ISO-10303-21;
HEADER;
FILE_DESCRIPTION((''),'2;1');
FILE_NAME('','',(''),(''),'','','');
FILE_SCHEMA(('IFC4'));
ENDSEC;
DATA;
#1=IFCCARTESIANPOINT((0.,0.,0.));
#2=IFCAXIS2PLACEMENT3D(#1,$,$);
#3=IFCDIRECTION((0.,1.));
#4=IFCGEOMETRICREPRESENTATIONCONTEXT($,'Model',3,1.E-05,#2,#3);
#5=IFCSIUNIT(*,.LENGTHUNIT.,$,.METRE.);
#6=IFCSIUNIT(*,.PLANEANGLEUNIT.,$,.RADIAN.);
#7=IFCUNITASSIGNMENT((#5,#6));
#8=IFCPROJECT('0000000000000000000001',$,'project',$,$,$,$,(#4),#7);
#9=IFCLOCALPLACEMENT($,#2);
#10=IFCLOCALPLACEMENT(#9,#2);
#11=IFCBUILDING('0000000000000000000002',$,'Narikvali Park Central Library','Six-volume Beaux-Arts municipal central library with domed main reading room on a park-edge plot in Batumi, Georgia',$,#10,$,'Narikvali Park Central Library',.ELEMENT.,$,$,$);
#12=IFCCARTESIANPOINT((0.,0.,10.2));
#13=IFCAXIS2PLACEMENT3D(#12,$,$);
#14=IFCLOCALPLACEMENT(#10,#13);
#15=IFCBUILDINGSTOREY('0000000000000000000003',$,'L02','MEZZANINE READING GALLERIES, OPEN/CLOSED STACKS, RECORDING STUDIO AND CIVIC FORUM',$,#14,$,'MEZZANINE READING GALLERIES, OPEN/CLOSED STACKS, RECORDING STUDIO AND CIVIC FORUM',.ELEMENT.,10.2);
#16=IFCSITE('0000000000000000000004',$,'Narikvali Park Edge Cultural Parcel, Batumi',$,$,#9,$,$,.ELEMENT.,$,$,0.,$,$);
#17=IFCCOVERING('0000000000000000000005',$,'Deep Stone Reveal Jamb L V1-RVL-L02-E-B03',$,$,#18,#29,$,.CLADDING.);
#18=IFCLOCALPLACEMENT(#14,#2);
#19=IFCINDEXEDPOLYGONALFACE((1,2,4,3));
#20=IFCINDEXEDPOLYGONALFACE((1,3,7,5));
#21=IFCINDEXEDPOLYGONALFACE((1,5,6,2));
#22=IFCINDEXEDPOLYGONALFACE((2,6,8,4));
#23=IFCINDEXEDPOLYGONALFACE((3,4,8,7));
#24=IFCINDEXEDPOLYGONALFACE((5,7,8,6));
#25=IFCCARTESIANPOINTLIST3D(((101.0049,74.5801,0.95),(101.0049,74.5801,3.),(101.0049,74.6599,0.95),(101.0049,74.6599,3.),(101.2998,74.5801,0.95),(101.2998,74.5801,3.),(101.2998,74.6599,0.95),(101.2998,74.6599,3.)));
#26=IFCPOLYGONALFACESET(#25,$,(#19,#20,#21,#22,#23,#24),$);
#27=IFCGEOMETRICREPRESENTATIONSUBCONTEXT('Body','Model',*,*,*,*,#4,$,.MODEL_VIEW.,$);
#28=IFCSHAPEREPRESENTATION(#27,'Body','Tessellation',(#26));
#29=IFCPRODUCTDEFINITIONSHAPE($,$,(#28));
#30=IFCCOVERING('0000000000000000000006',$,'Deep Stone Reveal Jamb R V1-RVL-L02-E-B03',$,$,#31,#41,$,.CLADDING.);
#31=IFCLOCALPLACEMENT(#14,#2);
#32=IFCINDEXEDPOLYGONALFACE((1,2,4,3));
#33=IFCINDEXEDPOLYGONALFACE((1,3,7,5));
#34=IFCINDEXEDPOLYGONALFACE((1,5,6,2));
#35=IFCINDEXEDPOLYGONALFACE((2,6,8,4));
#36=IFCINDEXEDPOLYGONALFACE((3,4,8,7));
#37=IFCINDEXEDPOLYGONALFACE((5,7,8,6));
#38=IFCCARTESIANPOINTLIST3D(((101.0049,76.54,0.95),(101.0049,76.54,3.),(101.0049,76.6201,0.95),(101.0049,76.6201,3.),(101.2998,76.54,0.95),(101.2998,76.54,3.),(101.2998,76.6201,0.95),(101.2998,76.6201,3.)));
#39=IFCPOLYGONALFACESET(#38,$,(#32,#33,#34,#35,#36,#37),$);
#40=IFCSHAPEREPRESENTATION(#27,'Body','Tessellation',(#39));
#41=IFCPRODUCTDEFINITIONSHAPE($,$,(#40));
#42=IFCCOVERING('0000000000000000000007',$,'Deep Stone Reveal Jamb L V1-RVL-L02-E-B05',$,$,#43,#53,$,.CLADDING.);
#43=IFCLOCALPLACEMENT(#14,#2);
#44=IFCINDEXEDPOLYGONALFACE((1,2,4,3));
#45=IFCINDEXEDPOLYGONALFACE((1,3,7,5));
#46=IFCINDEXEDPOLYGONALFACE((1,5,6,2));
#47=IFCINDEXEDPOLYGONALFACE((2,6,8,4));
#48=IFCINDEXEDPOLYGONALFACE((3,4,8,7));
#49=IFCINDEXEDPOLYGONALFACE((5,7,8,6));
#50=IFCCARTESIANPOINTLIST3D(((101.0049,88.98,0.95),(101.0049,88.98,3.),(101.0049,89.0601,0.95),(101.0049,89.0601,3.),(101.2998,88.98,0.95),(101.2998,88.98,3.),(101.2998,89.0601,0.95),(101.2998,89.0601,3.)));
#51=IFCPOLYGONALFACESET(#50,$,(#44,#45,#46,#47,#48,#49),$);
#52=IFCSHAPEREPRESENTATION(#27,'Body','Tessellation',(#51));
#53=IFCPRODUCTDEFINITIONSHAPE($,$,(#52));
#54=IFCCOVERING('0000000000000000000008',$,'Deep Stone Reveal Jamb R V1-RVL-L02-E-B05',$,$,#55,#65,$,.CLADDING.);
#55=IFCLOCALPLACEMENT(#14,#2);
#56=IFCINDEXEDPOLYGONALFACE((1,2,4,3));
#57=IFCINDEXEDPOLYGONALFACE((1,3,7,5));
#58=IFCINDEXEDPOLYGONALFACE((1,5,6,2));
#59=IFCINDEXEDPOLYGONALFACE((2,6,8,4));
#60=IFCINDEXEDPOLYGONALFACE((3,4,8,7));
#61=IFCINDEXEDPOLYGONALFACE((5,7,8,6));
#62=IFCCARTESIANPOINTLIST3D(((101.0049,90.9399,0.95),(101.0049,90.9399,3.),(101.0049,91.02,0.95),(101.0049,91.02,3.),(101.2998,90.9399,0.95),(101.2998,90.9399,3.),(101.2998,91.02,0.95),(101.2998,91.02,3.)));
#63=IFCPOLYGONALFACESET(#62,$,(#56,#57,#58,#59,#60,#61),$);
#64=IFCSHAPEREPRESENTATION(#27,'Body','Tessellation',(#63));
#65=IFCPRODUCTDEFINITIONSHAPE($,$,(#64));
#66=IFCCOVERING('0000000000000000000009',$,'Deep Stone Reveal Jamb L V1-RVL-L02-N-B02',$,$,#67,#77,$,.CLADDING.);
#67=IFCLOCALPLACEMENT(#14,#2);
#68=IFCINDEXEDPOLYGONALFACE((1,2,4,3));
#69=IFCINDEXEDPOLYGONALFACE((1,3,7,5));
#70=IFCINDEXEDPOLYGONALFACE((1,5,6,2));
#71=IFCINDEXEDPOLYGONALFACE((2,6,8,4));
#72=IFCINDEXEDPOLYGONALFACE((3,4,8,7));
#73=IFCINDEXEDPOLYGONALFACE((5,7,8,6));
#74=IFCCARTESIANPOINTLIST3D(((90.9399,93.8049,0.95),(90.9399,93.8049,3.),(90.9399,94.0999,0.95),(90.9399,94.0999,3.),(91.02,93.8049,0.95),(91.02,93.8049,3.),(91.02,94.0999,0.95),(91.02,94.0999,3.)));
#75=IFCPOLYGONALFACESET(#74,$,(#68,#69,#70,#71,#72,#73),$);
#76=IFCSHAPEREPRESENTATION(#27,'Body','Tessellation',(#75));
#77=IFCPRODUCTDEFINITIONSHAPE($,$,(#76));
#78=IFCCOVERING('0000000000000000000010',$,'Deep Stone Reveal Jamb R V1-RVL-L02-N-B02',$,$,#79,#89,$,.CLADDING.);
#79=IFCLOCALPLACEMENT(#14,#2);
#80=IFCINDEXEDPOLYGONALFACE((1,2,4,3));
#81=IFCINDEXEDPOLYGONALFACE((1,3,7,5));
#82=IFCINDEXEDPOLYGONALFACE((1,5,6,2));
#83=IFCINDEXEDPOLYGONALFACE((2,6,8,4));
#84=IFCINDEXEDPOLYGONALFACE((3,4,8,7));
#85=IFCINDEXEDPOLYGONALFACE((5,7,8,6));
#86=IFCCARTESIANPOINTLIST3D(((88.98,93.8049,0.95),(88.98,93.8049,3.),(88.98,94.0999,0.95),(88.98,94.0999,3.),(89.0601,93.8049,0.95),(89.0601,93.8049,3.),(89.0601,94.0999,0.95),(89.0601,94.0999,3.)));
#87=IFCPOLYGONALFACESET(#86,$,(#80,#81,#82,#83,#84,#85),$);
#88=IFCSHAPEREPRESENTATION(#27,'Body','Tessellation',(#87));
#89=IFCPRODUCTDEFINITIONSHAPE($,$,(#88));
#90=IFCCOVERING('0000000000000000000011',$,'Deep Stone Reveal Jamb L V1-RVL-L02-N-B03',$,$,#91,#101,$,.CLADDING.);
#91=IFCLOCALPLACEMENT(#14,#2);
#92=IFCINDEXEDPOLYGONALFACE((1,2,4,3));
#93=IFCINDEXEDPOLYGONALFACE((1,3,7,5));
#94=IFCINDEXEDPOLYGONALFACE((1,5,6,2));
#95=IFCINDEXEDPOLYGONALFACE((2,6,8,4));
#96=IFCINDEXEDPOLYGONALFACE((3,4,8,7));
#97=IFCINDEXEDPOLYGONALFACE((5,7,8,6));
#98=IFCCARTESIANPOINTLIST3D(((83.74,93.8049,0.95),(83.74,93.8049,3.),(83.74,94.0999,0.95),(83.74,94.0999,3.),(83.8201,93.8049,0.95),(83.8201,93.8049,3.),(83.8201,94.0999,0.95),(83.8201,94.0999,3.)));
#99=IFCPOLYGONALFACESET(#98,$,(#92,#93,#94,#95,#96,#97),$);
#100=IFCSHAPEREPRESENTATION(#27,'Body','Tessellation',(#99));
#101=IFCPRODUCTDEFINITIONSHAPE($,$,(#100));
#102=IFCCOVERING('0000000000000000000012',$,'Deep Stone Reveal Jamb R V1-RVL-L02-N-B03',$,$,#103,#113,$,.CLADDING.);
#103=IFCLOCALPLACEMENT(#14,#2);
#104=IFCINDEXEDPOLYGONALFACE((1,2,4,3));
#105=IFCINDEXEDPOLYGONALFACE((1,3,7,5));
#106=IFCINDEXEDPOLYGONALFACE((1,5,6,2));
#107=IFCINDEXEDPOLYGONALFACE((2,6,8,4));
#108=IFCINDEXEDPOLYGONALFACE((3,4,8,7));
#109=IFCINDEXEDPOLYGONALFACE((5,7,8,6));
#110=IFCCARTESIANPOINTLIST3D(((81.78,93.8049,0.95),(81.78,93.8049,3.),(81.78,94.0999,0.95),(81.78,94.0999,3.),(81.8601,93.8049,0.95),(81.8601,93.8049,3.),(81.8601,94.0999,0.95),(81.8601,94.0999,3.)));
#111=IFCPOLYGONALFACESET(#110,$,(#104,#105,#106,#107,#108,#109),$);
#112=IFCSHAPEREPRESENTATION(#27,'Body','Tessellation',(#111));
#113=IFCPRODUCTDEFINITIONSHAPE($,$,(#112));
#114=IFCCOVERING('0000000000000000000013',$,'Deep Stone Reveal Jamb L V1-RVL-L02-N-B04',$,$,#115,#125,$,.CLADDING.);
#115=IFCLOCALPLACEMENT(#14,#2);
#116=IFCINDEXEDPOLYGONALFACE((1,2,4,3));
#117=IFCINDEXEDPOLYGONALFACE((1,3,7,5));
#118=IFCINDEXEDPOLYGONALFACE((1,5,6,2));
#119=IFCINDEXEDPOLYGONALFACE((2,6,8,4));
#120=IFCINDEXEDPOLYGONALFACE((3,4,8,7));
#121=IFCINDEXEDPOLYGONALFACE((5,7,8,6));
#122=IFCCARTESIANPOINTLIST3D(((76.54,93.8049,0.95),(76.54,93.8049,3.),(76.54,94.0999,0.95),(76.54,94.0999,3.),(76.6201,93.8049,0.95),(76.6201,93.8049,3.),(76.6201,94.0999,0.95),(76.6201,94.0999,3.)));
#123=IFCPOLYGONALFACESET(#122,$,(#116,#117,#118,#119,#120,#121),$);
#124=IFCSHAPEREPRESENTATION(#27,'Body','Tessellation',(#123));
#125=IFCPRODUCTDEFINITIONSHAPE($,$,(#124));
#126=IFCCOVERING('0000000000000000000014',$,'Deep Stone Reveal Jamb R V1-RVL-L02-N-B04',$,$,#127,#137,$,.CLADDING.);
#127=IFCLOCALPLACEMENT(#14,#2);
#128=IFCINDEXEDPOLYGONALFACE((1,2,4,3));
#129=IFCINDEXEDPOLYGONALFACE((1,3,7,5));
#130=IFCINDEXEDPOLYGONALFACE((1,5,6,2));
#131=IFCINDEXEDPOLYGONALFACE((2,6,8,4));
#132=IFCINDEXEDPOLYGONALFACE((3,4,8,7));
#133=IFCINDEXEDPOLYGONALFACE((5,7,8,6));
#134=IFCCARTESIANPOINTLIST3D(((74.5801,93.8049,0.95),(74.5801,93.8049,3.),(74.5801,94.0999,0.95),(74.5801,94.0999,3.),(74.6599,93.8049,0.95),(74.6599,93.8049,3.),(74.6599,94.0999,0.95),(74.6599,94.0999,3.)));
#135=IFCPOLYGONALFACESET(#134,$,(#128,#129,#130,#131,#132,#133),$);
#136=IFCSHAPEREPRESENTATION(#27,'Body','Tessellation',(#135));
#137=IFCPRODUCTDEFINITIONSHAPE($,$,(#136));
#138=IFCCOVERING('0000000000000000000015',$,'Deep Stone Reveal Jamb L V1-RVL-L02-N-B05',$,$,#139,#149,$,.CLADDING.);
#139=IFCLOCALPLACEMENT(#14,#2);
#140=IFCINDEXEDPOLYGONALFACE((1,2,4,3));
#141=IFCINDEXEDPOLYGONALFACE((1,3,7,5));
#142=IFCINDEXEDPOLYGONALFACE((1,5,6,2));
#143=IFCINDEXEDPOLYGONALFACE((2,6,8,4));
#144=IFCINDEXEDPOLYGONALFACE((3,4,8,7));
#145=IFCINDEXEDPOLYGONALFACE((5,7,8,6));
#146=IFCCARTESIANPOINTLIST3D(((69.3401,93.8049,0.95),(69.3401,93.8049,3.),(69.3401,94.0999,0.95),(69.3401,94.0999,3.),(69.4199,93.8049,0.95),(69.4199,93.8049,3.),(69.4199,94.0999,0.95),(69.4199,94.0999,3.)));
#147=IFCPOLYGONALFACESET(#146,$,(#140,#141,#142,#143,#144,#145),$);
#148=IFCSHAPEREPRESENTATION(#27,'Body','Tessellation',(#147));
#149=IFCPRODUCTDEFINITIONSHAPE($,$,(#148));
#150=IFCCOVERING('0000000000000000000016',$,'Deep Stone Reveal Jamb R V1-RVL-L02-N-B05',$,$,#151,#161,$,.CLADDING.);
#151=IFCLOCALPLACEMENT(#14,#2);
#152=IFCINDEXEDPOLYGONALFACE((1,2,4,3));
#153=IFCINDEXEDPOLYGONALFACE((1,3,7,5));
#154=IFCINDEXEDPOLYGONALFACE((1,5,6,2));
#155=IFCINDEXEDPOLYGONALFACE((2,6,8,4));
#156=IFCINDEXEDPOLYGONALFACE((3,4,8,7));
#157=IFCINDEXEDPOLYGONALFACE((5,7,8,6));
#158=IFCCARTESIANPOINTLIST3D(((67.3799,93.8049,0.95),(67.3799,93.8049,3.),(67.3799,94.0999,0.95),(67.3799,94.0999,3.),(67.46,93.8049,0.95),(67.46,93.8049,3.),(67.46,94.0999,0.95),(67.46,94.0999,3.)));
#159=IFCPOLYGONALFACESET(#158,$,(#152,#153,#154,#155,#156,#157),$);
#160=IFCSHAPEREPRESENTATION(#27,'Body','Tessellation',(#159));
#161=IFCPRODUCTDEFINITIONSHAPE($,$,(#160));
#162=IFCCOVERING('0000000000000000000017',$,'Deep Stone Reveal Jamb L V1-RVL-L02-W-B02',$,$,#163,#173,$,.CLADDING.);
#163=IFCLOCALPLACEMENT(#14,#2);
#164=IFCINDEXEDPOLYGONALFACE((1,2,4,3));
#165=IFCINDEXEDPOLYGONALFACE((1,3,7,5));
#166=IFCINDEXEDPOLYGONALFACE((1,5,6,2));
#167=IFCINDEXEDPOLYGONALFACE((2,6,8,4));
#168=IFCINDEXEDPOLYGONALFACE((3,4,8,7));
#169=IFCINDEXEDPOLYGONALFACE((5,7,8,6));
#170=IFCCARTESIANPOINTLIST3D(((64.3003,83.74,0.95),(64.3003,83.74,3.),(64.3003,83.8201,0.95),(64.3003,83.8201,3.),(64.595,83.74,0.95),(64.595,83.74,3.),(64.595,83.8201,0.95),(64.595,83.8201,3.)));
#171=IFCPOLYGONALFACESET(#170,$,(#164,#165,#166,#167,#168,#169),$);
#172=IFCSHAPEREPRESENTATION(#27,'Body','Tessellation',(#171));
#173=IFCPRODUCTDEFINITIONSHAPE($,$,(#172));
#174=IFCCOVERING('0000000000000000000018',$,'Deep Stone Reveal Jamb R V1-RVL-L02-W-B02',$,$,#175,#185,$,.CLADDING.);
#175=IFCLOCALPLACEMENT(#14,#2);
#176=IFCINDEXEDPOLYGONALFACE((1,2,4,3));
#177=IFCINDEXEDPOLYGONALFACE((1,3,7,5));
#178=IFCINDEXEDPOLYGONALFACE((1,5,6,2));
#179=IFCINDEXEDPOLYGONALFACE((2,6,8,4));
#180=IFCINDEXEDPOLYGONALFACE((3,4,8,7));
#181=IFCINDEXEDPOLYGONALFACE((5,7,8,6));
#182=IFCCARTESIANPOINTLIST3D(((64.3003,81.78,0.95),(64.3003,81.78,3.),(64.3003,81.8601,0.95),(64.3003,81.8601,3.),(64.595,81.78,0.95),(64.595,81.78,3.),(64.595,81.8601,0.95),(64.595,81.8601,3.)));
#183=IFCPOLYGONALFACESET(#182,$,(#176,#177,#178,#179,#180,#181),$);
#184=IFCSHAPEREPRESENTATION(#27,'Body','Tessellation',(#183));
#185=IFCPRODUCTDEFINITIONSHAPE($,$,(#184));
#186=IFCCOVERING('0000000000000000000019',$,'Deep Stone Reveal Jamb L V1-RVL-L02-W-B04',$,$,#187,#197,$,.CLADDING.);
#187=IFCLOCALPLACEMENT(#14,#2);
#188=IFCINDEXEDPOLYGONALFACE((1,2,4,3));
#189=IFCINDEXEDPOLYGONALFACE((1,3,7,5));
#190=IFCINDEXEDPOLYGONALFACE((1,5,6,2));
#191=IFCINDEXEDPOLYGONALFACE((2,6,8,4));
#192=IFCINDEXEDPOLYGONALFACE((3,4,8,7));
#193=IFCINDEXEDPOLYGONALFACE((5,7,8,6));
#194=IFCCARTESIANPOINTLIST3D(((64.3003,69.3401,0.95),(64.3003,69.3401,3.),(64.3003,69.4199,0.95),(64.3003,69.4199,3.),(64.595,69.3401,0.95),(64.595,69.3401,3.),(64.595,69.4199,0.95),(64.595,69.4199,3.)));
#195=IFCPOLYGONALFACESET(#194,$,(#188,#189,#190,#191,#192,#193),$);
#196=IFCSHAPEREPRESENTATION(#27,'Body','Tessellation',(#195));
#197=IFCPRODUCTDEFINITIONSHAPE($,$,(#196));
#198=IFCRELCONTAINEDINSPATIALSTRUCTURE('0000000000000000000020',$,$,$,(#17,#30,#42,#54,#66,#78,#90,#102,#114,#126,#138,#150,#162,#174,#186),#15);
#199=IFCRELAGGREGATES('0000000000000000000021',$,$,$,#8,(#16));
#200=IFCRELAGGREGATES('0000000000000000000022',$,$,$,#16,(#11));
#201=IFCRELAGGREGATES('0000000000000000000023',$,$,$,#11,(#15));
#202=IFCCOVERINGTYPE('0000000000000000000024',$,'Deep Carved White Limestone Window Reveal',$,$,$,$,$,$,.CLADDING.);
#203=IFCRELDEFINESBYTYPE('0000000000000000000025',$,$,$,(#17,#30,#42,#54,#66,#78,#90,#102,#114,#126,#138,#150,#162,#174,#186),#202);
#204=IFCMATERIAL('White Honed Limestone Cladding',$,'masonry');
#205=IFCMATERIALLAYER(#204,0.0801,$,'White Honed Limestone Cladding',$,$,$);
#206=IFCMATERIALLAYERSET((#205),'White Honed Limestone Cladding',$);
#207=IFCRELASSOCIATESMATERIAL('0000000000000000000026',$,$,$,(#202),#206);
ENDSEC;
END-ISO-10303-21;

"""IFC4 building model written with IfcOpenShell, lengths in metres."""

from ifc_helpers import new_model, si_unit, direction, frame, origin, place, context, subcontext, project, spatial, polyline, outline, extrude, material, layer, layer_set, type_object, element, save


model = new_model("IFC4")

# Units and contexts
model_context = context("Model", 3, precision=1e-05, world=origin(), true_north=direction((0.0, 1.0)))
body_context = subcontext(model_context, "Body", "Model", "MODEL_VIEW")
ifc_project = project(units=[si_unit("LENGTHUNIT", "METRE"), si_unit("PLANEANGLEUNIT", "RADIAN")], contexts=[model_context])

# Site, building, storey
site_placement = place(None, origin())
site = spatial("IfcSite", under=ifc_project, at=site_placement, Name="Narikvali Park Edge Cultural Parcel, Batumi", CompositionType="ELEMENT", RefElevation=0.0)
building_placement = place(site_placement, origin())
building = spatial("IfcBuilding", under=site, at=building_placement, Name="Narikvali Park Central Library", Description="Six-volume Beaux-Arts municipal central library with domed main reading room on a park-edge plot in Batumi, Georgia", LongName="Narikvali Park Central Library", CompositionType="ELEMENT")
storey_placement = place(building_placement, frame((0.0, 0.0, 10.2)))
storey = spatial("IfcBuildingStorey", under=building, at=storey_placement, Name="L02", Description="MEZZANINE READING GALLERIES, OPEN/CLOSED STACKS, RECORDING STUDIO AND CIVIC FORUM", LongName="MEZZANINE READING GALLERIES, OPEN/CLOSED STACKS, RECORDING STUDIO AND CIVIC FORUM", CompositionType="ELEMENT", Elevation=10.2)

# Coverings
ifc_material = material(Name="White Honed Limestone Cladding", Category="masonry")
ifc_layer = layer(ifc_material, 0.0801, Name="White Honed Limestone Cladding")
ifc_layer_set = layer_set([ifc_layer], Name="White Honed Limestone Cladding")
covering_type = type_object("IfcCoveringType", Name="Deep Carved White Limestone Window Reveal", PredefinedType="CLADDING", material=ifc_layer_set)
covering_1_placement = place(storey_placement, frame((0.0, 0.0, 0.95)))
element("IfcCovering", 1, at=covering_1_placement, inside=storey, type_object=covering_type, Name="Deep Stone Reveal Jamb L V1-RVL-L02-E-B03", PredefinedType="CLADDING", context=body_context, shape_type="SweptSolid", body=[
    extrude(outline(polyline([(101.0049, 74.5801), (101.0049, 74.6599), (101.2998, 74.6599), (101.2998, 74.5801), (101.0049, 74.5801)])), origin(), (0.0, 0.0, 1.0), 2.05),
])
covering_2_placement = place(storey_placement, frame((0.0, 0.0, 0.95)))
element("IfcCovering", 2, at=covering_2_placement, inside=storey, type_object=covering_type, Name="Deep Stone Reveal Jamb R V1-RVL-L02-E-B03", PredefinedType="CLADDING", context=body_context, shape_type="SweptSolid", body=[
    extrude(outline(polyline([(101.0049, 76.54), (101.0049, 76.6201), (101.2998, 76.6201), (101.2998, 76.54), (101.0049, 76.54)])), origin(), (0.0, 0.0, 1.0), 2.05),
])
covering_3_placement = place(storey_placement, frame((0.0, 0.0, 0.95)))
element("IfcCovering", 3, at=covering_3_placement, inside=storey, type_object=covering_type, Name="Deep Stone Reveal Jamb L V1-RVL-L02-E-B05", PredefinedType="CLADDING", context=body_context, shape_type="SweptSolid", body=[
    extrude(outline(polyline([(101.0049, 88.98), (101.0049, 89.0601), (101.2998, 89.0601), (101.2998, 88.98), (101.0049, 88.98)])), origin(), (0.0, 0.0, 1.0), 2.05),
])
covering_4_placement = place(storey_placement, frame((0.0, 0.0, 0.95)))
element("IfcCovering", 4, at=covering_4_placement, inside=storey, type_object=covering_type, Name="Deep Stone Reveal Jamb R V1-RVL-L02-E-B05", PredefinedType="CLADDING", context=body_context, shape_type="SweptSolid", body=[
    extrude(outline(polyline([(101.0049, 90.9399), (101.0049, 91.02), (101.2998, 91.02), (101.2998, 90.9399), (101.0049, 90.9399)])), origin(), (0.0, 0.0, 1.0), 2.05),
])
covering_5_placement = place(storey_placement, frame((0.0, 0.0, 0.95)))
element("IfcCovering", 5, at=covering_5_placement, inside=storey, type_object=covering_type, Name="Deep Stone Reveal Jamb L V1-RVL-L02-N-B02", PredefinedType="CLADDING", context=body_context, shape_type="SweptSolid", body=[
    extrude(outline(polyline([(91.02, 93.8049), (90.9399, 93.8049), (90.9399, 94.0999), (91.02, 94.0999), (91.02, 93.8049)])), origin(), (0.0, 0.0, 1.0), 2.05),
])
covering_6_placement = place(storey_placement, frame((0.0, 0.0, 0.95)))
element("IfcCovering", 6, at=covering_6_placement, inside=storey, type_object=covering_type, Name="Deep Stone Reveal Jamb R V1-RVL-L02-N-B02", PredefinedType="CLADDING", context=body_context, shape_type="SweptSolid", body=[
    extrude(outline(polyline([(89.0601, 93.8049), (88.98, 93.8049), (88.98, 94.0999), (89.0601, 94.0999), (89.0601, 93.8049)])), origin(), (0.0, 0.0, 1.0), 2.05),
])
covering_7_placement = place(storey_placement, frame((0.0, 0.0, 0.95)))
element("IfcCovering", 7, at=covering_7_placement, inside=storey, type_object=covering_type, Name="Deep Stone Reveal Jamb L V1-RVL-L02-N-B03", PredefinedType="CLADDING", context=body_context, shape_type="SweptSolid", body=[
    extrude(outline(polyline([(83.8201, 93.8049), (83.74, 93.8049), (83.74, 94.0999), (83.8201, 94.0999), (83.8201, 93.8049)])), origin(), (0.0, 0.0, 1.0), 2.05),
])
covering_8_placement = place(storey_placement, frame((0.0, 0.0, 0.95)))
element("IfcCovering", 8, at=covering_8_placement, inside=storey, type_object=covering_type, Name="Deep Stone Reveal Jamb R V1-RVL-L02-N-B03", PredefinedType="CLADDING", context=body_context, shape_type="SweptSolid", body=[
    extrude(outline(polyline([(81.8601, 93.8049), (81.78, 93.8049), (81.78, 94.0999), (81.8601, 94.0999), (81.8601, 93.8049)])), origin(), (0.0, 0.0, 1.0), 2.05),
])
covering_9_placement = place(storey_placement, frame((0.0, 0.0, 0.95)))
element("IfcCovering", 9, at=covering_9_placement, inside=storey, type_object=covering_type, Name="Deep Stone Reveal Jamb L V1-RVL-L02-N-B04", PredefinedType="CLADDING", context=body_context, shape_type="SweptSolid", body=[
    extrude(outline(polyline([(76.6201, 93.8049), (76.54, 93.8049), (76.54, 94.0999), (76.6201, 94.0999), (76.6201, 93.8049)])), origin(), (0.0, 0.0, 1.0), 2.05),
])
covering_10_placement = place(storey_placement, frame((0.0, 0.0, 0.95)))
element("IfcCovering", 10, at=covering_10_placement, inside=storey, type_object=covering_type, Name="Deep Stone Reveal Jamb R V1-RVL-L02-N-B04", PredefinedType="CLADDING", context=body_context, shape_type="SweptSolid", body=[
    extrude(outline(polyline([(74.6599, 93.8049), (74.5801, 93.8049), (74.5801, 94.0999), (74.6599, 94.0999), (74.6599, 93.8049)])), origin(), (0.0, 0.0, 1.0), 2.05),
])
covering_11_placement = place(storey_placement, frame((0.0, 0.0, 0.95)))
element("IfcCovering", 11, at=covering_11_placement, inside=storey, type_object=covering_type, Name="Deep Stone Reveal Jamb L V1-RVL-L02-N-B05", PredefinedType="CLADDING", context=body_context, shape_type="SweptSolid", body=[
    extrude(outline(polyline([(69.4199, 93.8049), (69.3401, 93.8049), (69.3401, 94.0999), (69.4199, 94.0999), (69.4199, 93.8049)])), origin(), (0.0, 0.0, 1.0), 2.05),
])
covering_12_placement = place(storey_placement, frame((0.0, 0.0, 0.95)))
element("IfcCovering", 12, at=covering_12_placement, inside=storey, type_object=covering_type, Name="Deep Stone Reveal Jamb R V1-RVL-L02-N-B05", PredefinedType="CLADDING", context=body_context, shape_type="SweptSolid", body=[
    extrude(outline(polyline([(67.46, 93.8049), (67.3799, 93.8049), (67.3799, 94.0999), (67.46, 94.0999), (67.46, 93.8049)])), origin(), (0.0, 0.0, 1.0), 2.05),
])
covering_13_placement = place(storey_placement, frame((0.0, 0.0, 0.95)))
element("IfcCovering", 13, at=covering_13_placement, inside=storey, type_object=covering_type, Name="Deep Stone Reveal Jamb L V1-RVL-L02-W-B02", PredefinedType="CLADDING", context=body_context, shape_type="SweptSolid", body=[
    extrude(outline(polyline([(64.595, 83.8201), (64.595, 83.74), (64.3003, 83.74), (64.3003, 83.8201), (64.595, 83.8201)])), origin(), (0.0, 0.0, 1.0), 2.05),
])
covering_14_placement = place(storey_placement, frame((0.0, 0.0, 0.95)))
element("IfcCovering", 14, at=covering_14_placement, inside=storey, type_object=covering_type, Name="Deep Stone Reveal Jamb R V1-RVL-L02-W-B02", PredefinedType="CLADDING", context=body_context, shape_type="SweptSolid", body=[
    extrude(outline(polyline([(64.595, 81.8601), (64.595, 81.78), (64.3003, 81.78), (64.3003, 81.8601), (64.595, 81.8601)])), origin(), (0.0, 0.0, 1.0), 2.05),
])
covering_15_placement = place(storey_placement, frame((0.0, 0.0, 0.95)))
element("IfcCovering", 15, at=covering_15_placement, inside=storey, type_object=covering_type, Name="Deep Stone Reveal Jamb L V1-RVL-L02-W-B04", PredefinedType="CLADDING", context=body_context, shape_type="SweptSolid", body=[
    extrude(outline(polyline([(64.595, 69.4199), (64.595, 69.3401), (64.3003, 69.3401), (64.3003, 69.4199), (64.595, 69.4199)])), origin(), (0.0, 0.0, 1.0), 2.05),
])

save(model, "model.ifc")
